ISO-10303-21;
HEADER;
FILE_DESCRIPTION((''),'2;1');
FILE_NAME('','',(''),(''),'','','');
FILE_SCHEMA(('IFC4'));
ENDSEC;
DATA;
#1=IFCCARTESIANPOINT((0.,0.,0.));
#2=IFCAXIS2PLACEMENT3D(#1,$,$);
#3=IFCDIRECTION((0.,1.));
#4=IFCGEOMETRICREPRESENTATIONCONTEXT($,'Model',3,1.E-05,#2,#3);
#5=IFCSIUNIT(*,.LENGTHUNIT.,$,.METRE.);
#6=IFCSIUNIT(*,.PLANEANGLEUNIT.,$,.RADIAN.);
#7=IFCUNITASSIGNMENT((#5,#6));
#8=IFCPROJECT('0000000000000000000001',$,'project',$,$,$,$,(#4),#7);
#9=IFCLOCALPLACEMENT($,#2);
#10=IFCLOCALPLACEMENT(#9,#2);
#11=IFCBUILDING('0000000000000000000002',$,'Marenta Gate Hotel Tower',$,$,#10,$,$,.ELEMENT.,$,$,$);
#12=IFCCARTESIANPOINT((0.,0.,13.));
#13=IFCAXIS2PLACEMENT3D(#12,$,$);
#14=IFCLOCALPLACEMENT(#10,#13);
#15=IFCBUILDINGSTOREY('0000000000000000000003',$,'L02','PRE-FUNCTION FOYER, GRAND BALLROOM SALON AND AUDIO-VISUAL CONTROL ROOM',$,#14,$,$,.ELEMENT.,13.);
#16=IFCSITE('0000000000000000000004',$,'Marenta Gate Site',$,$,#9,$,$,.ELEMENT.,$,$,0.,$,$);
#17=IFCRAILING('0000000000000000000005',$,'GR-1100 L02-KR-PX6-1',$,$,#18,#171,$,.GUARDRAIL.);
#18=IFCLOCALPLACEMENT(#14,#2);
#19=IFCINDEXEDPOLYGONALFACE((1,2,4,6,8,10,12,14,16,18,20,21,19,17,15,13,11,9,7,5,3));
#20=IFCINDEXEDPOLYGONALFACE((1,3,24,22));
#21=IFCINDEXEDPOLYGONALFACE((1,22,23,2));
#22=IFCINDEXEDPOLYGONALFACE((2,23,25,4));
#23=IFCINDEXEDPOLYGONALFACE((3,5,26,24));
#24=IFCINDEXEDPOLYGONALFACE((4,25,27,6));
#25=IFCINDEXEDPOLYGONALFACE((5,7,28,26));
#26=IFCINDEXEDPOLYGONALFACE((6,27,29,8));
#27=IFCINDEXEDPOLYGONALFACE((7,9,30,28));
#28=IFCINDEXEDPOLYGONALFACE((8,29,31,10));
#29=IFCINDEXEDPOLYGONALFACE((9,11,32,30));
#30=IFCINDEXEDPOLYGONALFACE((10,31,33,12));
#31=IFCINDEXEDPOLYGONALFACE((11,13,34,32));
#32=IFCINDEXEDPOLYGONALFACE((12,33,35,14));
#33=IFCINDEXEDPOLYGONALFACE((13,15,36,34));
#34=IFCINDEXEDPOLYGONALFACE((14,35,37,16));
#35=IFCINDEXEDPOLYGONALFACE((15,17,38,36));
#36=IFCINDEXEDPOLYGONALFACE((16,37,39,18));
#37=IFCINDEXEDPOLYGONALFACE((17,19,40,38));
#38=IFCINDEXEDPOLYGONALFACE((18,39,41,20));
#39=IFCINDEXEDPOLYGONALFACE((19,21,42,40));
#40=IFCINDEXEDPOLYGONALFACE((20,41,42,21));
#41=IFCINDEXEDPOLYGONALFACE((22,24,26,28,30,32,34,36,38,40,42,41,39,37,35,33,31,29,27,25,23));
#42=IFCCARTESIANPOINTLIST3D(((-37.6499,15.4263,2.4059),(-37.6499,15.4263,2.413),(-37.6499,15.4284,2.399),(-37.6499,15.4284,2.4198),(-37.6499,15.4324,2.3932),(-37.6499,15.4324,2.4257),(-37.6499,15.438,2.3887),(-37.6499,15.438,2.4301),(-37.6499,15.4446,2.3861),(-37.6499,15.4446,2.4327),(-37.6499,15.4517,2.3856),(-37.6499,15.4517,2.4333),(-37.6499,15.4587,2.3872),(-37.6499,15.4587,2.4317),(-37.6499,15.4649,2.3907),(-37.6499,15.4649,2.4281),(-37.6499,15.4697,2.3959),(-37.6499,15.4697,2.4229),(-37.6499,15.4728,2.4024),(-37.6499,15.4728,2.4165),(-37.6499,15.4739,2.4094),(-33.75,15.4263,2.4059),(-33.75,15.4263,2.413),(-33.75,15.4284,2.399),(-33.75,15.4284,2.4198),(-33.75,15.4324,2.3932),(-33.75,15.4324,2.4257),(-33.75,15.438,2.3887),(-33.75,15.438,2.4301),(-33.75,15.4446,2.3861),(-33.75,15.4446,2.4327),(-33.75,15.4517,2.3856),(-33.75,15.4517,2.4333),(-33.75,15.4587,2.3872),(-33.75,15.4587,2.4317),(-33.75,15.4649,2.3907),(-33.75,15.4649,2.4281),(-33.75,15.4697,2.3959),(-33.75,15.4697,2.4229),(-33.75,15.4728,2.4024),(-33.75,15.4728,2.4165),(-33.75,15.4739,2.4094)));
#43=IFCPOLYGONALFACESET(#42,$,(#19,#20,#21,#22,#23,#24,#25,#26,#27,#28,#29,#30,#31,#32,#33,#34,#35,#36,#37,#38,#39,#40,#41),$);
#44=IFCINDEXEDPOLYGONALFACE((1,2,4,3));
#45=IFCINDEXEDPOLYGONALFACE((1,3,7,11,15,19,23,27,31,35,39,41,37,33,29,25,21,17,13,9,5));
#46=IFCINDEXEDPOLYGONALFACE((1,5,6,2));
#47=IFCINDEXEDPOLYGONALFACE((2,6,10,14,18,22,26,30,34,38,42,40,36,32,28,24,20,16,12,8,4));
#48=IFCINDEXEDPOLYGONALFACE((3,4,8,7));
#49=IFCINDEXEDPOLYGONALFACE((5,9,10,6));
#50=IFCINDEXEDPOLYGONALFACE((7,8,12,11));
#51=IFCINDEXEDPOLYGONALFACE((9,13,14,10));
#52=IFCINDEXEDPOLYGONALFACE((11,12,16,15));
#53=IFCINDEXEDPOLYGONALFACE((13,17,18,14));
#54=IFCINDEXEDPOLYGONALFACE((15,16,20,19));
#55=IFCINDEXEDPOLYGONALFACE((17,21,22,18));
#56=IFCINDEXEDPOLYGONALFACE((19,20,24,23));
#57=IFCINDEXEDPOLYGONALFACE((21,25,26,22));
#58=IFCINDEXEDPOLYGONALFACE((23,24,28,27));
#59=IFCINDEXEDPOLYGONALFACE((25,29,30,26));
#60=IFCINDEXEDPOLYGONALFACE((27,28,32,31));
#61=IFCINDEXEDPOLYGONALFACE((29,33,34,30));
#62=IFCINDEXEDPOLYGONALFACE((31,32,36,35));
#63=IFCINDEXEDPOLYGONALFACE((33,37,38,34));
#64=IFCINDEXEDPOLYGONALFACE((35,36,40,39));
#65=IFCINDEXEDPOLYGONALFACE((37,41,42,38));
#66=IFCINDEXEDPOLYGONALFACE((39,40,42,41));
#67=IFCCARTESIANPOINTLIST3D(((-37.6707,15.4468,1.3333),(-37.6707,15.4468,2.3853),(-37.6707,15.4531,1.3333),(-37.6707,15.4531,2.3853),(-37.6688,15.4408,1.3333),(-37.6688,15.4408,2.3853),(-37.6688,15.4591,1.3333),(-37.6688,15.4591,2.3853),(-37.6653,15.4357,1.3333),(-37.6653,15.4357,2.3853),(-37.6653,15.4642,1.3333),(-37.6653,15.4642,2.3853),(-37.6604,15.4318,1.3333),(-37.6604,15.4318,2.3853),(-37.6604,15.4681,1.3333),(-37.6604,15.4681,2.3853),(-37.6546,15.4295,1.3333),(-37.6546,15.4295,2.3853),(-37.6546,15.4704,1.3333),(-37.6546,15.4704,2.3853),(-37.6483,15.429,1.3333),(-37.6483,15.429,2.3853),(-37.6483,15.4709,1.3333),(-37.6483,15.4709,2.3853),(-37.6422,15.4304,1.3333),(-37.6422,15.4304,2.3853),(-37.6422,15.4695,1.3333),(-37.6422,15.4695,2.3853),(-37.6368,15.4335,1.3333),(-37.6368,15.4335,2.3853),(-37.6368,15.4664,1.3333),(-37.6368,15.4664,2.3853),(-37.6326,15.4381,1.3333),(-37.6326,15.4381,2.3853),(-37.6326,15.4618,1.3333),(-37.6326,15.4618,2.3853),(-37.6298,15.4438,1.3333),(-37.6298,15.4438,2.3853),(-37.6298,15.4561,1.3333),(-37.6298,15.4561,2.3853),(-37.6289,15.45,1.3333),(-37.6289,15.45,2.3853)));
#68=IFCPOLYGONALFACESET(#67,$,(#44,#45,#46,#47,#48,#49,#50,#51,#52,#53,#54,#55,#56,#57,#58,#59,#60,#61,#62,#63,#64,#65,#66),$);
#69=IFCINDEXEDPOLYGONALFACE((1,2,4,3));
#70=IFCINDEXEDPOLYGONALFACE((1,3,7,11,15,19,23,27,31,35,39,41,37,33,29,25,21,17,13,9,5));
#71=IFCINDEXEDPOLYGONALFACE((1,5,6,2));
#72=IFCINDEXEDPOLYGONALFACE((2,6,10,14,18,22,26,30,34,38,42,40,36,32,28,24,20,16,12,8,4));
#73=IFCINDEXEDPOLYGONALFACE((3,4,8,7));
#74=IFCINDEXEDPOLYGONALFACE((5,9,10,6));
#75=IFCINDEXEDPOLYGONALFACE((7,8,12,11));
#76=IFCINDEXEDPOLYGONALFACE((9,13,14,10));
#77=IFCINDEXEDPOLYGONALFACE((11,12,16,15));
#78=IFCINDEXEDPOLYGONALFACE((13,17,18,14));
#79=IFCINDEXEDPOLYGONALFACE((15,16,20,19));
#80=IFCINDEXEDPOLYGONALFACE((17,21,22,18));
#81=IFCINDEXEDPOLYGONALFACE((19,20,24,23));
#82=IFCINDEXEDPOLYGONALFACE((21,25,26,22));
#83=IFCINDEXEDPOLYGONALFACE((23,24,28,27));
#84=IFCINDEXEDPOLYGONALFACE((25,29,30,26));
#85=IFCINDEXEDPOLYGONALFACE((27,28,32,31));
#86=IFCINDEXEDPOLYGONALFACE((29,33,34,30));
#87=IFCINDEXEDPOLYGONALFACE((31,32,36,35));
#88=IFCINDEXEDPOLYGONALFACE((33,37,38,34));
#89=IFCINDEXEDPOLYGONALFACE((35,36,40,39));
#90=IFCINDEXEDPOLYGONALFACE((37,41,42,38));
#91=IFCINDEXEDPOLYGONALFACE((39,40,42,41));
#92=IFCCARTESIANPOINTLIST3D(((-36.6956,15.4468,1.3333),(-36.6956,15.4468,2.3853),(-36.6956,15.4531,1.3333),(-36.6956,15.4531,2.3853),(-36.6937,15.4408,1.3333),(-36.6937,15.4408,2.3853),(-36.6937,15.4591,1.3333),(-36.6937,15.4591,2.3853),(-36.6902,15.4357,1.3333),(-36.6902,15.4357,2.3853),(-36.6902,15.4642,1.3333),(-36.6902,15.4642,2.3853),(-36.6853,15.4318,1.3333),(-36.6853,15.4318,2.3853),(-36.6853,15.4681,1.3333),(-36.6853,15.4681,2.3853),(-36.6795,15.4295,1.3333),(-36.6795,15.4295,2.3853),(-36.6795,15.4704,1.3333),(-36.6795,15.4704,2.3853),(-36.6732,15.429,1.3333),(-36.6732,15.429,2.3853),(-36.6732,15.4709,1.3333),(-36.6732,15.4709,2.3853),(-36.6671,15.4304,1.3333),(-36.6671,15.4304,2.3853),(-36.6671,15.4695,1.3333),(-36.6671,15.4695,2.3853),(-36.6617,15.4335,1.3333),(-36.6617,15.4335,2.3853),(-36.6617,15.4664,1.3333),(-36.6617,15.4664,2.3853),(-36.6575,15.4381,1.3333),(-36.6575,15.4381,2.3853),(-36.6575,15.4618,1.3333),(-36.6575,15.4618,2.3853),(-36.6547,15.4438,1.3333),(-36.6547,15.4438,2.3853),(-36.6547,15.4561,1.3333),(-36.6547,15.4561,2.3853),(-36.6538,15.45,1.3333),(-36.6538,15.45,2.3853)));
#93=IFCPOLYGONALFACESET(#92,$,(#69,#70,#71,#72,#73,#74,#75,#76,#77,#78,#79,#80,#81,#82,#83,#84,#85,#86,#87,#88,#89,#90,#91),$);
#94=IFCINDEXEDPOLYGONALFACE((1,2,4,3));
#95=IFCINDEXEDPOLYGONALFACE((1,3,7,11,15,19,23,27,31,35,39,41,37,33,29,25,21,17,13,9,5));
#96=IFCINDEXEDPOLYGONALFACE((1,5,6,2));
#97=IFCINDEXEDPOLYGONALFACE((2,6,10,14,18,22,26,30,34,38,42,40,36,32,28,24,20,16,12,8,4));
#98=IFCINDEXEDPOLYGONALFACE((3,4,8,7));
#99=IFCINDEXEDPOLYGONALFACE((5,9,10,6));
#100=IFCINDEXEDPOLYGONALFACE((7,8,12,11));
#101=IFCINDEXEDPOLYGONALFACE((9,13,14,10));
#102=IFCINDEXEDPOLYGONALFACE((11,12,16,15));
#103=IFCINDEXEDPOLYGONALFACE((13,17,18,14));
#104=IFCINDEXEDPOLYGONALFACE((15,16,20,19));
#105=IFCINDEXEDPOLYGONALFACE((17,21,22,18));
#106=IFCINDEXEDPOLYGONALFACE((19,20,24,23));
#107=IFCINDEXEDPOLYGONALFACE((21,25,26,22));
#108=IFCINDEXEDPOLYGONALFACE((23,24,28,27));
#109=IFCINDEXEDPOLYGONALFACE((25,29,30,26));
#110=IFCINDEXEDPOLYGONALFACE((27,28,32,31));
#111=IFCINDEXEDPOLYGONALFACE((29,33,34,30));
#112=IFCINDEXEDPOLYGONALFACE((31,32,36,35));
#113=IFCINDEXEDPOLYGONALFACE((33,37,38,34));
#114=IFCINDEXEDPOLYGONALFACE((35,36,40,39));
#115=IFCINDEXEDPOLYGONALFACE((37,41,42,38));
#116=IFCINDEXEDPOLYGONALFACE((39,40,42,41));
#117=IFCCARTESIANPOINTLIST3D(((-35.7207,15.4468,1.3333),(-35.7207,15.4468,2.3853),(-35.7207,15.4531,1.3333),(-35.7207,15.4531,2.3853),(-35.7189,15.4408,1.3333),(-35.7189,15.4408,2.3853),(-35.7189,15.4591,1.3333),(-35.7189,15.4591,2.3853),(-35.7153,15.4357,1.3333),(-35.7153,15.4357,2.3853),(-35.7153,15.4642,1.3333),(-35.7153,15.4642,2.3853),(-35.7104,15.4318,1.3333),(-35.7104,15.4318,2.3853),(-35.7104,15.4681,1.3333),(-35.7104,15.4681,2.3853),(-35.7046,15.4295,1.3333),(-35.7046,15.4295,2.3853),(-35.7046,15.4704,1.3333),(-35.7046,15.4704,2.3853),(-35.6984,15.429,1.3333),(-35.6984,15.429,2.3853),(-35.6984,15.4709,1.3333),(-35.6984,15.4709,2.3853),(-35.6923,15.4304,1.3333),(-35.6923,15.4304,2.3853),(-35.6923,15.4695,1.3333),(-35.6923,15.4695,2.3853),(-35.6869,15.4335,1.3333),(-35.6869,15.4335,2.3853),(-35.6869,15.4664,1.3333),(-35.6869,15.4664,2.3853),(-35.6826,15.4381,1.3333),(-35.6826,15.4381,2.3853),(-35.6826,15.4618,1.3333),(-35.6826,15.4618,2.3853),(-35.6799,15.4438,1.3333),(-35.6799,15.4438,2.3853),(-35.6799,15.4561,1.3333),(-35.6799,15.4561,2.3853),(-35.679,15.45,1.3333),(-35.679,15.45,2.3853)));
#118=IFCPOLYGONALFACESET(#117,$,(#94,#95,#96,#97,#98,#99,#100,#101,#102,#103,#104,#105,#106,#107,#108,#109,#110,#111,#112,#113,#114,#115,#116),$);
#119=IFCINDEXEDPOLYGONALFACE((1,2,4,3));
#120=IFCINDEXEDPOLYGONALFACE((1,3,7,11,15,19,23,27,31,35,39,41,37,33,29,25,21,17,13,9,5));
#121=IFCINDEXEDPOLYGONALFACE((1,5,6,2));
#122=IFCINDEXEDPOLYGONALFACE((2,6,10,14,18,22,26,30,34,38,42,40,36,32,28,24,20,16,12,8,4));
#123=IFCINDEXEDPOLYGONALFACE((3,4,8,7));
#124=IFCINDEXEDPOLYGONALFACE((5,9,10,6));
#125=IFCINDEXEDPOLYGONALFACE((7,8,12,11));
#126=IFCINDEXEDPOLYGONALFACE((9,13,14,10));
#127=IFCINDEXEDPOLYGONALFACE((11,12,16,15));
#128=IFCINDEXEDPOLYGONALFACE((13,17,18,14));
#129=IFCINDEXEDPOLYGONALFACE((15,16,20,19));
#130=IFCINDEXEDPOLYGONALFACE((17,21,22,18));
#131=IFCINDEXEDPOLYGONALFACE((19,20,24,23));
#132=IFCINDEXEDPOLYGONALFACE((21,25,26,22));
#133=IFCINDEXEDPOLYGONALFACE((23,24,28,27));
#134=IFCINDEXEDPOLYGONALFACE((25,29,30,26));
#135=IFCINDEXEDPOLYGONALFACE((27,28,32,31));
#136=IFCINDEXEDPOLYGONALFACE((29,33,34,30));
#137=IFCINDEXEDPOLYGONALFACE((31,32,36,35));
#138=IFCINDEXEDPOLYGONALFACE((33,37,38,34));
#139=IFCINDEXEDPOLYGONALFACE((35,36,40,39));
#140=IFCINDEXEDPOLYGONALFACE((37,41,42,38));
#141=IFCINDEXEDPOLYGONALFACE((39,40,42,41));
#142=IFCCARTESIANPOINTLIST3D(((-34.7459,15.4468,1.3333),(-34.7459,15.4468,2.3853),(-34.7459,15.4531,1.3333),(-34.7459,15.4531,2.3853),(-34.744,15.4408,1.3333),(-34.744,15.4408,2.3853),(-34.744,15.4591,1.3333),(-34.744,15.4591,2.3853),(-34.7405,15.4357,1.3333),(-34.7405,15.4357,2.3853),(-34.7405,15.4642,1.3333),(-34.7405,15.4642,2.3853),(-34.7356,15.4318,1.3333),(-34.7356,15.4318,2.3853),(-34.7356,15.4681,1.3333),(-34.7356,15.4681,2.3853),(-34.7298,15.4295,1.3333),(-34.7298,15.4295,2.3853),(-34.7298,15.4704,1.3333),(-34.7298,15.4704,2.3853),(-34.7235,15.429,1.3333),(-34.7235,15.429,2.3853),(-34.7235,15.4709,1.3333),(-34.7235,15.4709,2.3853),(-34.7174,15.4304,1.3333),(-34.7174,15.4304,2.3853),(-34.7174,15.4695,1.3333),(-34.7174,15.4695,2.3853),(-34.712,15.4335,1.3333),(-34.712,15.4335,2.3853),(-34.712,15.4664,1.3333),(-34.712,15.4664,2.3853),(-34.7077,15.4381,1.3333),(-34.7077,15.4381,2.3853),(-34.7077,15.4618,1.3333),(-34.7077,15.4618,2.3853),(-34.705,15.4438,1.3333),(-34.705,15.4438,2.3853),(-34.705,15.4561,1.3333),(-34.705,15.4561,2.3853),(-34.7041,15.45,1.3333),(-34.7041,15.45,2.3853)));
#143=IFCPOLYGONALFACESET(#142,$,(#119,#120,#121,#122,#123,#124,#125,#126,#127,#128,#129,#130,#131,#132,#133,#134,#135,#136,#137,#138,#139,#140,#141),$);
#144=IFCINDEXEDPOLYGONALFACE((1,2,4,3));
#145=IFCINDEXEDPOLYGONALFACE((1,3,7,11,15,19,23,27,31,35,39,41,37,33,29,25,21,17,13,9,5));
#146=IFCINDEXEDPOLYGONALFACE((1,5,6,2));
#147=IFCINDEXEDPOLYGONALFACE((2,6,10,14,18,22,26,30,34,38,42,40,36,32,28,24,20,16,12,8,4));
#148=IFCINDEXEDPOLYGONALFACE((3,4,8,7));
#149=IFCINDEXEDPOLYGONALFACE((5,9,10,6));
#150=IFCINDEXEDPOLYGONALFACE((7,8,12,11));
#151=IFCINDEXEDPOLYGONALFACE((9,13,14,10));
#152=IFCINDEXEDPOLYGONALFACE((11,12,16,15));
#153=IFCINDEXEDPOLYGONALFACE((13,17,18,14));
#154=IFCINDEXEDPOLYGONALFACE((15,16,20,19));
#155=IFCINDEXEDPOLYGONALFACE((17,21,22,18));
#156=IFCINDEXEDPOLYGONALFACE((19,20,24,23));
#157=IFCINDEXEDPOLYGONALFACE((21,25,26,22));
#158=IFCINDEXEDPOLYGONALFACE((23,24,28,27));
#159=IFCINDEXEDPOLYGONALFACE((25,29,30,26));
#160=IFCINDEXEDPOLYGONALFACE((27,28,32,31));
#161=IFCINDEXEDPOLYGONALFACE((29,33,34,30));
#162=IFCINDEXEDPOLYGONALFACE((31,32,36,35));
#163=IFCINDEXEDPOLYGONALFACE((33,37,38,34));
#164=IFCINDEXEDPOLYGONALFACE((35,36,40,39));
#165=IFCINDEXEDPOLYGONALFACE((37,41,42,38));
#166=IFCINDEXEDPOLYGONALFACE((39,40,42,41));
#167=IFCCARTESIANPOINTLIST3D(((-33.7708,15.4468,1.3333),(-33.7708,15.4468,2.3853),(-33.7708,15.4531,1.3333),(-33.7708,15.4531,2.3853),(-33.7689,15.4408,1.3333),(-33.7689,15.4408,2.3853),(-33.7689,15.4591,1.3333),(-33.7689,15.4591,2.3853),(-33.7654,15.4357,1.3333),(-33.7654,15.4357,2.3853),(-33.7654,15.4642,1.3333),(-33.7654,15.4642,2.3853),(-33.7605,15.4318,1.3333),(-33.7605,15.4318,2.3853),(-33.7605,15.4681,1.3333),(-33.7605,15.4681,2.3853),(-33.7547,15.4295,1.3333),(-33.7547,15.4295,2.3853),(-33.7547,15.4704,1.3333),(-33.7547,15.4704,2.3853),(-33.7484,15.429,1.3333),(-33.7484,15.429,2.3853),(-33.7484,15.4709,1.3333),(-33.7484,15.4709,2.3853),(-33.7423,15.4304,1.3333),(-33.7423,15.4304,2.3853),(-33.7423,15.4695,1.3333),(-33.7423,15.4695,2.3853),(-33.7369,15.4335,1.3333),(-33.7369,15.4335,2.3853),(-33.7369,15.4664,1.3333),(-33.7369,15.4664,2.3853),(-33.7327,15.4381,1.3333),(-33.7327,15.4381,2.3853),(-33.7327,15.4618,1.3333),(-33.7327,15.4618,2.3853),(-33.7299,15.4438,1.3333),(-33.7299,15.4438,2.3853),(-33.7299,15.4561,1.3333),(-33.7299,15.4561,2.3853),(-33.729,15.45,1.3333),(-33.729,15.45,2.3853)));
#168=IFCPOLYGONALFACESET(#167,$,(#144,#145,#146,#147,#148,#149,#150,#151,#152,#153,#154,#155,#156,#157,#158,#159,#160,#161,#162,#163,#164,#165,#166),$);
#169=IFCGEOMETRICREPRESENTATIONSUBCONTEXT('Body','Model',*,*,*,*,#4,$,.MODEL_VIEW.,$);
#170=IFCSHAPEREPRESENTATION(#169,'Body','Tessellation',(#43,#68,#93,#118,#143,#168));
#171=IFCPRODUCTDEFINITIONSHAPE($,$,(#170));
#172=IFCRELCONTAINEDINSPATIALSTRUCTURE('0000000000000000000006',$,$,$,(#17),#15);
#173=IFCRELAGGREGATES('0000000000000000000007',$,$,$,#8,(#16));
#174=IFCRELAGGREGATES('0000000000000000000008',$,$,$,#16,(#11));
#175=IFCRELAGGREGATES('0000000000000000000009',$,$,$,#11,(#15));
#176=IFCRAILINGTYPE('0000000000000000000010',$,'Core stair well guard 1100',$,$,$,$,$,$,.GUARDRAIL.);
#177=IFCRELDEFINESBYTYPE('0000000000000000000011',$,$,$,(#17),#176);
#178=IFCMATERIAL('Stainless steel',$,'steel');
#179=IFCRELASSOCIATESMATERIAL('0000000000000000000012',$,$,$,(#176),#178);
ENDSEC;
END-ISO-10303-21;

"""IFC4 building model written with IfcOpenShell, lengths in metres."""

from ifc_helpers import new_model, si_unit, direction, frame, origin, origin_2d, place, context, subcontext, project, spatial, circle, extrude, material, type_object, element, save


model = new_model("IFC4")

# Units and contexts
model_context = context("Model", 3, precision=1e-05, world=origin(), true_north=direction((0.0, 1.0)))
body_context = subcontext(model_context, "Body", "Model", "MODEL_VIEW")
ifc_project = project(units=[si_unit("LENGTHUNIT", "METRE"), si_unit("PLANEANGLEUNIT", "RADIAN")], contexts=[model_context])

# Site, building, storey
site_placement = place(None, origin())
site = spatial("IfcSite", under=ifc_project, at=site_placement, Name="Marenta Gate Site", CompositionType="ELEMENT", RefElevation=0.0)
building_placement = place(site_placement, origin())
building = spatial("IfcBuilding", under=site, at=building_placement, Name="Marenta Gate Hotel Tower", CompositionType="ELEMENT")
storey_placement = place(building_placement, frame((0.0, 0.0, 13.0)))
storey = spatial("IfcBuildingStorey", under=building, at=storey_placement, Name="L02", Description="PRE-FUNCTION FOYER, GRAND BALLROOM SALON AND AUDIO-VISUAL CONTROL ROOM", CompositionType="ELEMENT", Elevation=13.0)

# Railing
ifc_material_1 = material(Name="Stainless steel", Category="steel")
railing_type_1 = type_object("IfcRailingType", Name="Core stair well guard 1100", PredefinedType="GUARDRAIL", material=ifc_material_1)
for number, where, name in (
    (1, (-37.6499, 15.45, 1.3333), "GR-1100 L02-KR-PX6-1"),
):
    element("IfcRailing", number, at=place(storey_placement, frame(where)), inside=storey, type_object=railing_type_1, Name=name, PredefinedType="GUARDRAIL", context=body_context, shape_type="SweptSolid", body=[
        extrude(circle(Radius=0.0239, at=origin_2d()), frame((0.0, 0.0, 1.0762), z_axis=(1.0, 0.0, 0.0), x_axis=(0.0, 1.0, 0.0)), (0.0, 0.0, 1.0), 3.8999),
        extrude(circle(Radius=0.021, at=origin_2d()), origin(), (0.0, 0.0, 1.0), 1.052),
        extrude(circle(Radius=0.021, at=origin_2d()), frame((0.9751, 0.0, 0.0)), (0.0, 0.0, 1.0), 1.052),
        extrude(circle(Radius=0.021, at=origin_2d()), frame((1.95, 0.0, 0.0)), (0.0, 0.0, 1.0), 1.052),
        extrude(circle(Radius=0.021, at=origin_2d()), frame((2.9248, 0.0, 0.0)), (0.0, 0.0, 1.0), 1.052),
        extrude(circle(Radius=0.021, at=origin_2d()), frame((3.8999, 0.0, 0.0)), (0.0, 0.0, 1.0), 1.052),
    ])

save(model, "model.ifc")
